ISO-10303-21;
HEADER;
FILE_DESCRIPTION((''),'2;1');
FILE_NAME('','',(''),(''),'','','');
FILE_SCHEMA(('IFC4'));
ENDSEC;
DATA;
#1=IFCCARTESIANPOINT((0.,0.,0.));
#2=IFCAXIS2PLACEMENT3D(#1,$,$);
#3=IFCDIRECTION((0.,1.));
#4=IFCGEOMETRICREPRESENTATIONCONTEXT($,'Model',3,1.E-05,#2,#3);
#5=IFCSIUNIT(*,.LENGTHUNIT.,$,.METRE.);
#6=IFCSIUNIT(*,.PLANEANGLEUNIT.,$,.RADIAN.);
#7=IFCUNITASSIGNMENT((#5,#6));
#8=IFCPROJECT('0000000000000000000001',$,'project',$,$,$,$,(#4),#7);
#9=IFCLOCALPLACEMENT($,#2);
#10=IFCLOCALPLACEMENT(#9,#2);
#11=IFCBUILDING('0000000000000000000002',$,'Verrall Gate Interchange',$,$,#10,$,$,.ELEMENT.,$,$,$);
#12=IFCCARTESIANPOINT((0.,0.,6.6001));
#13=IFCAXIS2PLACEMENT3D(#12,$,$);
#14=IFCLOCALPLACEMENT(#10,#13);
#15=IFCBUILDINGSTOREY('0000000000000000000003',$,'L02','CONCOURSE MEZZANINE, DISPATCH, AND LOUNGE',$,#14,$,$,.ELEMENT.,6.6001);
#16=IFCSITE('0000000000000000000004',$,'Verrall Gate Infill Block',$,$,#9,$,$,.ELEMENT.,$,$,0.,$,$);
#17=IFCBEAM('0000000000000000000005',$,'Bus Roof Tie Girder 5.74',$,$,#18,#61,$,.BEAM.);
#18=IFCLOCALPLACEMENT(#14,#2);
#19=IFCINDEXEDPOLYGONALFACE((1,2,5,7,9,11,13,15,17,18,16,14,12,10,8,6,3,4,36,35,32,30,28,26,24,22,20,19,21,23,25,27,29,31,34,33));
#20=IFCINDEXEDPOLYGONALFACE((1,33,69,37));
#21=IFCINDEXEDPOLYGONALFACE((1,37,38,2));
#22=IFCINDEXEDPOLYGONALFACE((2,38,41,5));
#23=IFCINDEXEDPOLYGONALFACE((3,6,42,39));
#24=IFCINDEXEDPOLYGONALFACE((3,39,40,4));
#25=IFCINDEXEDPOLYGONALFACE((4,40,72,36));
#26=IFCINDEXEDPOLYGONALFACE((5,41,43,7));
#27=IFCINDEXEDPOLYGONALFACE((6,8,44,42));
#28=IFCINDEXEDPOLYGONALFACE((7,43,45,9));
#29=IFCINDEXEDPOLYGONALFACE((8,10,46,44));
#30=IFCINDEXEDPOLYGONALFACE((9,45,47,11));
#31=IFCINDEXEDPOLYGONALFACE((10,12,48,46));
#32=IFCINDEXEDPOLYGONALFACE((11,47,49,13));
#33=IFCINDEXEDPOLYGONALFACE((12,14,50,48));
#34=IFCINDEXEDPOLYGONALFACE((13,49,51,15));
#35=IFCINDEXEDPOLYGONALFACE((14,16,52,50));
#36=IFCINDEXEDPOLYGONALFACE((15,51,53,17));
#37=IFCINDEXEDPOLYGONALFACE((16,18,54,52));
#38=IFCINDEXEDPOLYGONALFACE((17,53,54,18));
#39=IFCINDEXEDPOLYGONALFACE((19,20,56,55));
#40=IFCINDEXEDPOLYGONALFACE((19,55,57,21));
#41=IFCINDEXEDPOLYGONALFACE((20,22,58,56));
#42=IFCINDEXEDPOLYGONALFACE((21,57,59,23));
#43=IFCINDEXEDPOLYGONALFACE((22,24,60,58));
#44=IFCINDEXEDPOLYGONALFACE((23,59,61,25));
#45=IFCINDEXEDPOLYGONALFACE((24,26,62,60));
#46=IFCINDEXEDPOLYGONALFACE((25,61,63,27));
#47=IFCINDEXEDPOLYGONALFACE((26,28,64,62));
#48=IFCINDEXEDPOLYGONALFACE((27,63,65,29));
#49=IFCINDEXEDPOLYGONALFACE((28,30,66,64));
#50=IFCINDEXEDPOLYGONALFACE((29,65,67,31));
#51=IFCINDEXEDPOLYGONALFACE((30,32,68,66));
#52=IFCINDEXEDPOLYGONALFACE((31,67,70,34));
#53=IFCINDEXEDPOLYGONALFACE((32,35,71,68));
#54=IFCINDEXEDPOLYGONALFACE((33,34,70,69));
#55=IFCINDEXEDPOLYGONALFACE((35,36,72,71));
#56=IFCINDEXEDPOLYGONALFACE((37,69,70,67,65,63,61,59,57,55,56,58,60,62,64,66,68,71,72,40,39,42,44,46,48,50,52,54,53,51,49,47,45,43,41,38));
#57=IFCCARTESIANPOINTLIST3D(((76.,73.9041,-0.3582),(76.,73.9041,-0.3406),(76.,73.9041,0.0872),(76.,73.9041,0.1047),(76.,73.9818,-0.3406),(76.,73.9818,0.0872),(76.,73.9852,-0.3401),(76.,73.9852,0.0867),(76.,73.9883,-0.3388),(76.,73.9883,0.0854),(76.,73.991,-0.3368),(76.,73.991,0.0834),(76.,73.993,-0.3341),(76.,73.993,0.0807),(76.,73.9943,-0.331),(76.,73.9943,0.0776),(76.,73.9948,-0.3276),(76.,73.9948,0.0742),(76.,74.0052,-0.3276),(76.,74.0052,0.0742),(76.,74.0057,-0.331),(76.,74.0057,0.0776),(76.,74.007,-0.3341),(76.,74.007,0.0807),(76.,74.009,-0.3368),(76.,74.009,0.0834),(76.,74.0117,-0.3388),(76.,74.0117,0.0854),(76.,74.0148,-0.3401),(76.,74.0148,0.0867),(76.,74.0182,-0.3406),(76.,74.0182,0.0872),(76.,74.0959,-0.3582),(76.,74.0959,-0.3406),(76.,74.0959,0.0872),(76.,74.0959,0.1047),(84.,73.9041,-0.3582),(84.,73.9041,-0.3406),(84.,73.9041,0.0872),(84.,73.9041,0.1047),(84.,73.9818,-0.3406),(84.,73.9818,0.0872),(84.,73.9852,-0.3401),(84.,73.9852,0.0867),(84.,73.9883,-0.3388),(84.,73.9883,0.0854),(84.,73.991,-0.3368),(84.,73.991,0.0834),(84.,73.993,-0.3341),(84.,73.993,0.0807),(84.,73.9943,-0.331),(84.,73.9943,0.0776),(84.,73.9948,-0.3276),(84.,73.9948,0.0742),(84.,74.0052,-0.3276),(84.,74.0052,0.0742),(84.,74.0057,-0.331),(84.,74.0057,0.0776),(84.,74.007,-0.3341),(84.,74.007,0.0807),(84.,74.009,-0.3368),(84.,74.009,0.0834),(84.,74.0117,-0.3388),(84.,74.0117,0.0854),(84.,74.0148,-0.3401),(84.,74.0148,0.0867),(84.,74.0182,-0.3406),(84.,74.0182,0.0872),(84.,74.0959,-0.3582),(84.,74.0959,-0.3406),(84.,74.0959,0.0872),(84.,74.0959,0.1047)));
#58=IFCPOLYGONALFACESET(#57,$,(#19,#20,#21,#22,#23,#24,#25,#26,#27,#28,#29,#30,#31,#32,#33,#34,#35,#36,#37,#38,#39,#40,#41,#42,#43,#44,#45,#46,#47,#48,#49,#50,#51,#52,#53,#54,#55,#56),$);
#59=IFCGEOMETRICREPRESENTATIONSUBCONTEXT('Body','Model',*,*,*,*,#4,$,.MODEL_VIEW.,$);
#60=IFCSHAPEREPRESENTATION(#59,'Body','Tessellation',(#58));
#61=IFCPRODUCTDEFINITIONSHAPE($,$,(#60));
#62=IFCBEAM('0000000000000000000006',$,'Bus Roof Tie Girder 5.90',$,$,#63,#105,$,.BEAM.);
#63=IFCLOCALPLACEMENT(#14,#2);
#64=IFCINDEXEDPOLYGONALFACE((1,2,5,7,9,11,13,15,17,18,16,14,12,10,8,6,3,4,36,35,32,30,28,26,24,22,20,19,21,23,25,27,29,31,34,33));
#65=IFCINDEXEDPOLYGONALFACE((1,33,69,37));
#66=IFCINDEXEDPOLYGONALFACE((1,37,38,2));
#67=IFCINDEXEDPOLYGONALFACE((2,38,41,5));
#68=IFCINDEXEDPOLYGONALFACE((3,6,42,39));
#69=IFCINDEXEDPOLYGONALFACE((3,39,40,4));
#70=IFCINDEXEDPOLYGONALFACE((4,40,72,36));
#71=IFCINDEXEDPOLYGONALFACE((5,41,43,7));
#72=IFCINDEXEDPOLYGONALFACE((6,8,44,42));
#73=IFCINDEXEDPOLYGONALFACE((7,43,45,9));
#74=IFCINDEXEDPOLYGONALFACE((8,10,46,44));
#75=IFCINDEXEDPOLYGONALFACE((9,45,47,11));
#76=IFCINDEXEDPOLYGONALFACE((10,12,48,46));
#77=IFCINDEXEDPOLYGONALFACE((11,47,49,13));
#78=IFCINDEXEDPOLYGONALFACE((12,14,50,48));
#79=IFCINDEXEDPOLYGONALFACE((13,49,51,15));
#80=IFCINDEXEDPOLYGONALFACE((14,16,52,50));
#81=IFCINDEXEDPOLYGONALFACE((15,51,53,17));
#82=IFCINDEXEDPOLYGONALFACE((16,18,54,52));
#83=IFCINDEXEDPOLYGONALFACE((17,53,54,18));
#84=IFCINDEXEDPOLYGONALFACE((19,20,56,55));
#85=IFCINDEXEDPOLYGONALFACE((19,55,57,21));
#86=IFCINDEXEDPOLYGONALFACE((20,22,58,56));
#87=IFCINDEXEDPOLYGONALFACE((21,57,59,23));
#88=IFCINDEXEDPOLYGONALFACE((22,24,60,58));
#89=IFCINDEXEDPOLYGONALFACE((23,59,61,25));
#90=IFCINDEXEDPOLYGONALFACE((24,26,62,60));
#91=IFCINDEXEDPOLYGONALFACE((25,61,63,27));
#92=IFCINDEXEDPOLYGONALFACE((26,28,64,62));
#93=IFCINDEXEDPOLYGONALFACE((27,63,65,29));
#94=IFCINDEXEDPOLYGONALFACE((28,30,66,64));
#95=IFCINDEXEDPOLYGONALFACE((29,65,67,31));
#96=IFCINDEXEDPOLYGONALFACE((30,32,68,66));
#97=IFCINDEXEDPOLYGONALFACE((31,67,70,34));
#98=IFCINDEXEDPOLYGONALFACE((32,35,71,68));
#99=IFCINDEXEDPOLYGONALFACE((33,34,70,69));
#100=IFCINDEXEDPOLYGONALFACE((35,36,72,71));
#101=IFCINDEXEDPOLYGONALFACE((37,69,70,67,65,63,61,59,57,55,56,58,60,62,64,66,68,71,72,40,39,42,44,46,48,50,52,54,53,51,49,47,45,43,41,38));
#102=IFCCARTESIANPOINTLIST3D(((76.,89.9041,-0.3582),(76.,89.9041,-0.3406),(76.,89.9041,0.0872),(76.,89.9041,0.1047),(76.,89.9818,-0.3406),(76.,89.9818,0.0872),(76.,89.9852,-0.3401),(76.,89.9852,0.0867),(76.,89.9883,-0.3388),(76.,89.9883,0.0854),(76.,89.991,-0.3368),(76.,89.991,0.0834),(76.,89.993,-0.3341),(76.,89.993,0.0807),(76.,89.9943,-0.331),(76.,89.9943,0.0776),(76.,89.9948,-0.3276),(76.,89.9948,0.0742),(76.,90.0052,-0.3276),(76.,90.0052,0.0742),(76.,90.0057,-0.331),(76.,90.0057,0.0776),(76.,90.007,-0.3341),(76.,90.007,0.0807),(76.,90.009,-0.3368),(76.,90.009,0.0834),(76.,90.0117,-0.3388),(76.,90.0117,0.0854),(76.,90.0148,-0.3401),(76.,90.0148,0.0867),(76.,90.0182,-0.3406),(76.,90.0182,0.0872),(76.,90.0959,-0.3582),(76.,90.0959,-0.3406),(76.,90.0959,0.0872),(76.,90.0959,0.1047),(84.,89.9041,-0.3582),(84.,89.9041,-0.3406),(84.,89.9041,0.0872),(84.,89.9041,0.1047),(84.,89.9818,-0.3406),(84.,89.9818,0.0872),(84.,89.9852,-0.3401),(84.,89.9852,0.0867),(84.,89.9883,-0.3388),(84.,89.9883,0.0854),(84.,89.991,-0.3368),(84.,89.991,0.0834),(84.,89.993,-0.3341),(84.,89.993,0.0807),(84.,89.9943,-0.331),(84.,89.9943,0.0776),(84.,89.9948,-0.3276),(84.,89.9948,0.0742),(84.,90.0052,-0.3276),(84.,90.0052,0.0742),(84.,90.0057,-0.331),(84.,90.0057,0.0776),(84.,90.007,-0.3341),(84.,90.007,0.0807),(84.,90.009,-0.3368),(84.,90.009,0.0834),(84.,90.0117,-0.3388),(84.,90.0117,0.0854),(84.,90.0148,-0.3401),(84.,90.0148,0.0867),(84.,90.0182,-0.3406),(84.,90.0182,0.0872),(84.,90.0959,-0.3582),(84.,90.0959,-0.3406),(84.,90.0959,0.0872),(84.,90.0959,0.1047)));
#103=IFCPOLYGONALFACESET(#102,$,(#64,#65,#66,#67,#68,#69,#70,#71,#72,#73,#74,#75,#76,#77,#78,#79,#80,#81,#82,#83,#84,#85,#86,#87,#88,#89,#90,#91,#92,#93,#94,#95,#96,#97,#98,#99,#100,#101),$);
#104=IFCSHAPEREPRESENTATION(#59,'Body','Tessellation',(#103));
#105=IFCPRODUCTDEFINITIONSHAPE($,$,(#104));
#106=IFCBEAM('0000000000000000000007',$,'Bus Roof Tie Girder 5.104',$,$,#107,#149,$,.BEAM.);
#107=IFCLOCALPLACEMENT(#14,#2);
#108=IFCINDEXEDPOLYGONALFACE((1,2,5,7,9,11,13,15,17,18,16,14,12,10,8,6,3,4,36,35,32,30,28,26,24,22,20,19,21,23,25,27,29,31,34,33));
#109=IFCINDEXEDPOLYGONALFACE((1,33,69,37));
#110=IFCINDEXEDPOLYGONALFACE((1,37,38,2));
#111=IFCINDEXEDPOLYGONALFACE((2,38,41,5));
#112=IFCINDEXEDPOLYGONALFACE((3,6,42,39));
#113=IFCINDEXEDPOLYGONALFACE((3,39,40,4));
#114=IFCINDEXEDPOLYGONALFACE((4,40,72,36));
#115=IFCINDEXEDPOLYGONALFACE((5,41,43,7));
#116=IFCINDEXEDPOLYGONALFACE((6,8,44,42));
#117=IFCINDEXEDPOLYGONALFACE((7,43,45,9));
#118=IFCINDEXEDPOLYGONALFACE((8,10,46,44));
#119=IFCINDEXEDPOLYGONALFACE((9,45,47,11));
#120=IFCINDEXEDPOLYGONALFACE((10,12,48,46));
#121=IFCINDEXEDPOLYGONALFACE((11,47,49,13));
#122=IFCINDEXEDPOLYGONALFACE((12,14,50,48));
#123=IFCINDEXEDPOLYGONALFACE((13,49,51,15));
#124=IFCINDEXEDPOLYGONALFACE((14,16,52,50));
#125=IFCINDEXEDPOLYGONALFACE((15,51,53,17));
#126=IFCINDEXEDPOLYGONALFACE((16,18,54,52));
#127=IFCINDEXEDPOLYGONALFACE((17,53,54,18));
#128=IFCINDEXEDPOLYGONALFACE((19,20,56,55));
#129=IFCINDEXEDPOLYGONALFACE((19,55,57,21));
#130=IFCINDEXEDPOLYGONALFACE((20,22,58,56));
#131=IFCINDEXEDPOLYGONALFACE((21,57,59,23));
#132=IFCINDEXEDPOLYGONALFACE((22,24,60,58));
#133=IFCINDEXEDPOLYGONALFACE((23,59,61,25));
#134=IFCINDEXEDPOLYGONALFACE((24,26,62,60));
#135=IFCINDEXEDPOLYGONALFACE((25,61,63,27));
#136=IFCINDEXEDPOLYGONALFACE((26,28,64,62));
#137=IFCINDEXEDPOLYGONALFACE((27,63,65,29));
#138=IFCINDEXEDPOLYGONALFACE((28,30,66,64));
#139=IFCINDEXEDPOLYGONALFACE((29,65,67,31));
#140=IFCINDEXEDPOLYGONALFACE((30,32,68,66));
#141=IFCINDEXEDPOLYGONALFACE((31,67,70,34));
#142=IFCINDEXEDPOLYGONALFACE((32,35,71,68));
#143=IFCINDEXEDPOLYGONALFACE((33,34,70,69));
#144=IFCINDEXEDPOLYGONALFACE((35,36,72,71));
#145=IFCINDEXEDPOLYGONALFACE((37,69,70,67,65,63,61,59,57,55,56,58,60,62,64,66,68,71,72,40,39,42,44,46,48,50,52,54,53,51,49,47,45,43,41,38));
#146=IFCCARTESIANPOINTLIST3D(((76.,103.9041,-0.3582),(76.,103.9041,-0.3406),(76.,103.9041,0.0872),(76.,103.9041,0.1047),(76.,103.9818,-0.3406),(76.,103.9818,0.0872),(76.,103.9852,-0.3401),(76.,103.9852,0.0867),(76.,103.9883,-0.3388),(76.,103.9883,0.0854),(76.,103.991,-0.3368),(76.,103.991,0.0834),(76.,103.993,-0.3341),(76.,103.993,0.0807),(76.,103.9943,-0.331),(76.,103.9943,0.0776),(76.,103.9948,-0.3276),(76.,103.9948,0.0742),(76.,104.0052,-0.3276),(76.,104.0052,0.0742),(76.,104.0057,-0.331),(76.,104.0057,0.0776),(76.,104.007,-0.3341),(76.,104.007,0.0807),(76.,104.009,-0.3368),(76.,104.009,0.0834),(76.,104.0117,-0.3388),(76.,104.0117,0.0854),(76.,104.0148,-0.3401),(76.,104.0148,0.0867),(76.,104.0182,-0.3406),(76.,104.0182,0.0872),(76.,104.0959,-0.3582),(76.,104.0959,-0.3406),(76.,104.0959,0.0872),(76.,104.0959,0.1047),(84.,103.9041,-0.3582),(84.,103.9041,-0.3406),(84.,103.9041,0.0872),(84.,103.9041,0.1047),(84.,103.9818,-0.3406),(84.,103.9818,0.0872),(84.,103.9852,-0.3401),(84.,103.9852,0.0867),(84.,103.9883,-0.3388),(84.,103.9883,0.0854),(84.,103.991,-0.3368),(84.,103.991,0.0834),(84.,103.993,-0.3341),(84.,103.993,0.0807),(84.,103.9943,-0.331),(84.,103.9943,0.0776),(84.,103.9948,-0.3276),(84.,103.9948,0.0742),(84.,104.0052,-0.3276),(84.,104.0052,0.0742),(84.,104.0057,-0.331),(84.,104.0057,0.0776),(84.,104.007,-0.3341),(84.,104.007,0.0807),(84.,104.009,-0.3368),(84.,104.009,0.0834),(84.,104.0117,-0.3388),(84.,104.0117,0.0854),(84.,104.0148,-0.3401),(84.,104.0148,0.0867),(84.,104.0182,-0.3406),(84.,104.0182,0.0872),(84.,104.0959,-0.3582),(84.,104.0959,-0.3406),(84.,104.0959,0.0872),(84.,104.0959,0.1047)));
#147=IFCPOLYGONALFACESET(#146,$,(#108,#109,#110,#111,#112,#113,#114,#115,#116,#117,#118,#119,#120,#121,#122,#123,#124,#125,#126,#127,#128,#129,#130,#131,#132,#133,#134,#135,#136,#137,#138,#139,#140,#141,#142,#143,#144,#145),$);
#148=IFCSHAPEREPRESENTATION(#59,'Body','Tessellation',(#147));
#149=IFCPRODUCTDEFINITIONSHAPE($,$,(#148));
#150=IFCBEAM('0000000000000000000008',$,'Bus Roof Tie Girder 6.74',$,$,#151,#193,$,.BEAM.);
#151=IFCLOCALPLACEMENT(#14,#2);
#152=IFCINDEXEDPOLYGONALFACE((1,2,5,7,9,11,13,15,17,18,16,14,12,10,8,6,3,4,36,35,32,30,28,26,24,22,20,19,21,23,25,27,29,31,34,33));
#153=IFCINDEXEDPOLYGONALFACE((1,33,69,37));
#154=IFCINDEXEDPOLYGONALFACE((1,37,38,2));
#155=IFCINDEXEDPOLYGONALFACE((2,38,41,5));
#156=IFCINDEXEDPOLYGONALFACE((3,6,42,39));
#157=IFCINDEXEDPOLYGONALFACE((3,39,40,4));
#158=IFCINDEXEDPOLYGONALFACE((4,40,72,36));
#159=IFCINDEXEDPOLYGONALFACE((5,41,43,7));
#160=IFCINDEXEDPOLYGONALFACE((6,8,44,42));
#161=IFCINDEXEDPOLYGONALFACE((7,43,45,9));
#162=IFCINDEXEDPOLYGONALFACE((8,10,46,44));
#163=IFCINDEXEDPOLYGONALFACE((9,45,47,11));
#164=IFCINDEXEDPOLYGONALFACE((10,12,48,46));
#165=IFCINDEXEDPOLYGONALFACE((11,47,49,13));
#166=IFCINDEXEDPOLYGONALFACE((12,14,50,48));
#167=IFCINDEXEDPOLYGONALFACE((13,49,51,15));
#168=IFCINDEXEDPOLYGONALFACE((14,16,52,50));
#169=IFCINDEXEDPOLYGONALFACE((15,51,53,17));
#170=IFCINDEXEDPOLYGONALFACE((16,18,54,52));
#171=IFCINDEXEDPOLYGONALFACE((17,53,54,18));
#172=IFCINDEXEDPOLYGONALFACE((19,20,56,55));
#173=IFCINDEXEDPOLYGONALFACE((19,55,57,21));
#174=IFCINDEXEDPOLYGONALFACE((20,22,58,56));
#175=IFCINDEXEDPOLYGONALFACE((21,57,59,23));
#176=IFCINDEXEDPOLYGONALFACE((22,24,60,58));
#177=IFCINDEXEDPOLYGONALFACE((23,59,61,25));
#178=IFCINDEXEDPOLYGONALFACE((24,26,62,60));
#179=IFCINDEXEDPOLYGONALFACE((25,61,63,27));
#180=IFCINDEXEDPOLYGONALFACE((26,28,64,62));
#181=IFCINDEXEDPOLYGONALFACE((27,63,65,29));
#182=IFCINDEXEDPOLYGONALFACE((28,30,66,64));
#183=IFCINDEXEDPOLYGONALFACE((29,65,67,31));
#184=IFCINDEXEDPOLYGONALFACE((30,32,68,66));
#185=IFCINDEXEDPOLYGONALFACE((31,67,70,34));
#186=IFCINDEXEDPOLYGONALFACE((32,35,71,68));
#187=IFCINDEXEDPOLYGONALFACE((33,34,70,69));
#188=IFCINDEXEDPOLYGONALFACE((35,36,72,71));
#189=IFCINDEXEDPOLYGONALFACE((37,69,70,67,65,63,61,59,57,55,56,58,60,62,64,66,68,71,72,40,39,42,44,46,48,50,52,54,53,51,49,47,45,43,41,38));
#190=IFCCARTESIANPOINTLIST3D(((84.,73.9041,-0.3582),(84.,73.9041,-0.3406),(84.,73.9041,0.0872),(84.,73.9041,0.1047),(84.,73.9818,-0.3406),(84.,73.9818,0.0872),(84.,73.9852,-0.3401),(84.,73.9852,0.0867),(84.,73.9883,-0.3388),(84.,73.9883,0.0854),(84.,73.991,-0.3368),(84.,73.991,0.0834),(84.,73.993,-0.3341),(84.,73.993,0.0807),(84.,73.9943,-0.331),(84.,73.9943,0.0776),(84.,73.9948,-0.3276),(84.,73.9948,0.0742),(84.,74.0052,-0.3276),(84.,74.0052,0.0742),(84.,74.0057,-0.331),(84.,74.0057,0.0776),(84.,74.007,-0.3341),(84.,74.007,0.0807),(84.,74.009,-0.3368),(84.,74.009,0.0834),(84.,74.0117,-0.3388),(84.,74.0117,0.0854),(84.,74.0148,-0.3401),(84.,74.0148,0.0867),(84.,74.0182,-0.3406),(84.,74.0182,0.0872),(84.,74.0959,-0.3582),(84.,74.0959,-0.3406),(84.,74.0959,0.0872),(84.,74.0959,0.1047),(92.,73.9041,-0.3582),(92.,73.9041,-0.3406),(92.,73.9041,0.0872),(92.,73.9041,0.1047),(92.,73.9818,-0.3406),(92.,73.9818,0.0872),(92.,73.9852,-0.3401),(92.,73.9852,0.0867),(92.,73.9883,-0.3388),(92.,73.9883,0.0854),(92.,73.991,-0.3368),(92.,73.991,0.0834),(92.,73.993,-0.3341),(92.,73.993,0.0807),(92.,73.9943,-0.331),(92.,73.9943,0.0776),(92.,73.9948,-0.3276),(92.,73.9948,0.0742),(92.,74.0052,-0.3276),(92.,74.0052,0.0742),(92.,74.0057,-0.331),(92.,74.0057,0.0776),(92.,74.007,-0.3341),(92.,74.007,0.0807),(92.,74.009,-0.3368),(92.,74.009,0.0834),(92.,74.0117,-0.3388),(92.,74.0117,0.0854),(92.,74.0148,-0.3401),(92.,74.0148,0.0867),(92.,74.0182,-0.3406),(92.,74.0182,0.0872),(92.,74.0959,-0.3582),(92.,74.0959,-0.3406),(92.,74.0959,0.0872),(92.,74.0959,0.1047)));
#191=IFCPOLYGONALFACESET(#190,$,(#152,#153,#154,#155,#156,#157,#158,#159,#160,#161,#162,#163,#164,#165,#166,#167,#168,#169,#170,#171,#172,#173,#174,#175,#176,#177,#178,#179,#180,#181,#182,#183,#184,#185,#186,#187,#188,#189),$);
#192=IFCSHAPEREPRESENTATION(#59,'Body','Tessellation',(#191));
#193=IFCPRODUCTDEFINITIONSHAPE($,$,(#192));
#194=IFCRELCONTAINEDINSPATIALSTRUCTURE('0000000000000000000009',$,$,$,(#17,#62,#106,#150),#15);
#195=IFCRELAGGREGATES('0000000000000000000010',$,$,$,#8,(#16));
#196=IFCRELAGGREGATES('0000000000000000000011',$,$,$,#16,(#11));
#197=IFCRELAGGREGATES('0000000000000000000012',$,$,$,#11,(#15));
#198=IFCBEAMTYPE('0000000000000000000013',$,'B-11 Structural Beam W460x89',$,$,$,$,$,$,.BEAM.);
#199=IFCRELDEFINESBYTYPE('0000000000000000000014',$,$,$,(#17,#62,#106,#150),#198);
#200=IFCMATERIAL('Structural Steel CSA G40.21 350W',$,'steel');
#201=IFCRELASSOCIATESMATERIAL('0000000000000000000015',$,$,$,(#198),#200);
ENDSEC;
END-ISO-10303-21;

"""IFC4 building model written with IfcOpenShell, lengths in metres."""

from ifc_helpers import new_model, si_unit, direction, frame, origin, origin_2d, place, context, subcontext, project, spatial, i_section, extrude, material, material_profile, profile_set, type_object, element, save


model = new_model("IFC4")

# Units and contexts
model_context = context("Model", 3, precision=1e-05, world=origin(), true_north=direction((0.0, 1.0)))
body_context = subcontext(model_context, "Body", "Model", "MODEL_VIEW")
ifc_project = project(units=[si_unit("LENGTHUNIT", "METRE"), si_unit("PLANEANGLEUNIT", "RADIAN")], contexts=[model_context])

# Site, building, storey
site_placement = place(None, origin())
site = spatial("IfcSite", under=ifc_project, at=site_placement, Name="Verrall Gate Infill Block", CompositionType="ELEMENT", RefElevation=0.0)
building_placement = place(site_placement, origin())
building = spatial("IfcBuilding", under=site, at=building_placement, Name="Verrall Gate Interchange", CompositionType="ELEMENT")
storey_placement = place(building_placement, frame((0.0, 0.0, 6.6001)))
storey = spatial("IfcBuildingStorey", under=building, at=storey_placement, Name="L02", Description="CONCOURSE MEZZANINE, DISPATCH, AND LOUNGE", CompositionType="ELEMENT", Elevation=6.6001)

# Beams
ifc_material_1 = material(Name="Structural Steel CSA G40.21 350W", Category="steel")
ifc_material_profile_1 = material_profile(ifc_material_1, i_section(OverallWidth=0.1919, OverallDepth=0.4629, WebThickness=0.0105, FlangeThickness=0.0176, FilletRadius=0.0129, at=origin_2d()), Name="W460x89")
ifc_profile_set_1 = profile_set([ifc_material_profile_1], Name="Structural Steel CSA G40.21 350W")
beam_type = type_object("IfcBeamType", Name="B-11 Structural Beam W460x89", PredefinedType="BEAM", material=ifc_profile_set_1)
for number, where, z_axis, x_axis, name in (
    (1, (76.0, 74.0, -0.1267), (1.0, 0.0, 0.0), (0.0, 1.0, 0.0), "Bus Roof Tie Girder 5.74"),
    (2, (76.0, 90.0, -0.1267), (1.0, 0.0, 0.0), (0.0, 1.0, 0.0), "Bus Roof Tie Girder 5.90"),
    (3, (76.0, 104.0, -0.1267), (1.0, 0.0, 0.0), (0.0, 1.0, 0.0), "Bus Roof Tie Girder 5.104"),
    (4, (84.0, 74.0, -0.1267), (1.0, 0.0, 0.0), (0.0, 1.0, 0.0), "Bus Roof Tie Girder 6.74"),
):
    element("IfcBeam", number, at=place(storey_placement, frame(where, z_axis=z_axis, x_axis=x_axis)), inside=storey, type_object=beam_type, Name=name, PredefinedType="BEAM", context=body_context, shape_type="SweptSolid", body=[
        extrude(i_section(OverallWidth=0.1919, OverallDepth=0.4629, WebThickness=0.0105, FlangeThickness=0.0176, FilletRadius=0.0129, at=origin_2d()), origin(), (0.0, 0.0, 1.0), 8.0),
    ])

save(model, "model.ifc")
